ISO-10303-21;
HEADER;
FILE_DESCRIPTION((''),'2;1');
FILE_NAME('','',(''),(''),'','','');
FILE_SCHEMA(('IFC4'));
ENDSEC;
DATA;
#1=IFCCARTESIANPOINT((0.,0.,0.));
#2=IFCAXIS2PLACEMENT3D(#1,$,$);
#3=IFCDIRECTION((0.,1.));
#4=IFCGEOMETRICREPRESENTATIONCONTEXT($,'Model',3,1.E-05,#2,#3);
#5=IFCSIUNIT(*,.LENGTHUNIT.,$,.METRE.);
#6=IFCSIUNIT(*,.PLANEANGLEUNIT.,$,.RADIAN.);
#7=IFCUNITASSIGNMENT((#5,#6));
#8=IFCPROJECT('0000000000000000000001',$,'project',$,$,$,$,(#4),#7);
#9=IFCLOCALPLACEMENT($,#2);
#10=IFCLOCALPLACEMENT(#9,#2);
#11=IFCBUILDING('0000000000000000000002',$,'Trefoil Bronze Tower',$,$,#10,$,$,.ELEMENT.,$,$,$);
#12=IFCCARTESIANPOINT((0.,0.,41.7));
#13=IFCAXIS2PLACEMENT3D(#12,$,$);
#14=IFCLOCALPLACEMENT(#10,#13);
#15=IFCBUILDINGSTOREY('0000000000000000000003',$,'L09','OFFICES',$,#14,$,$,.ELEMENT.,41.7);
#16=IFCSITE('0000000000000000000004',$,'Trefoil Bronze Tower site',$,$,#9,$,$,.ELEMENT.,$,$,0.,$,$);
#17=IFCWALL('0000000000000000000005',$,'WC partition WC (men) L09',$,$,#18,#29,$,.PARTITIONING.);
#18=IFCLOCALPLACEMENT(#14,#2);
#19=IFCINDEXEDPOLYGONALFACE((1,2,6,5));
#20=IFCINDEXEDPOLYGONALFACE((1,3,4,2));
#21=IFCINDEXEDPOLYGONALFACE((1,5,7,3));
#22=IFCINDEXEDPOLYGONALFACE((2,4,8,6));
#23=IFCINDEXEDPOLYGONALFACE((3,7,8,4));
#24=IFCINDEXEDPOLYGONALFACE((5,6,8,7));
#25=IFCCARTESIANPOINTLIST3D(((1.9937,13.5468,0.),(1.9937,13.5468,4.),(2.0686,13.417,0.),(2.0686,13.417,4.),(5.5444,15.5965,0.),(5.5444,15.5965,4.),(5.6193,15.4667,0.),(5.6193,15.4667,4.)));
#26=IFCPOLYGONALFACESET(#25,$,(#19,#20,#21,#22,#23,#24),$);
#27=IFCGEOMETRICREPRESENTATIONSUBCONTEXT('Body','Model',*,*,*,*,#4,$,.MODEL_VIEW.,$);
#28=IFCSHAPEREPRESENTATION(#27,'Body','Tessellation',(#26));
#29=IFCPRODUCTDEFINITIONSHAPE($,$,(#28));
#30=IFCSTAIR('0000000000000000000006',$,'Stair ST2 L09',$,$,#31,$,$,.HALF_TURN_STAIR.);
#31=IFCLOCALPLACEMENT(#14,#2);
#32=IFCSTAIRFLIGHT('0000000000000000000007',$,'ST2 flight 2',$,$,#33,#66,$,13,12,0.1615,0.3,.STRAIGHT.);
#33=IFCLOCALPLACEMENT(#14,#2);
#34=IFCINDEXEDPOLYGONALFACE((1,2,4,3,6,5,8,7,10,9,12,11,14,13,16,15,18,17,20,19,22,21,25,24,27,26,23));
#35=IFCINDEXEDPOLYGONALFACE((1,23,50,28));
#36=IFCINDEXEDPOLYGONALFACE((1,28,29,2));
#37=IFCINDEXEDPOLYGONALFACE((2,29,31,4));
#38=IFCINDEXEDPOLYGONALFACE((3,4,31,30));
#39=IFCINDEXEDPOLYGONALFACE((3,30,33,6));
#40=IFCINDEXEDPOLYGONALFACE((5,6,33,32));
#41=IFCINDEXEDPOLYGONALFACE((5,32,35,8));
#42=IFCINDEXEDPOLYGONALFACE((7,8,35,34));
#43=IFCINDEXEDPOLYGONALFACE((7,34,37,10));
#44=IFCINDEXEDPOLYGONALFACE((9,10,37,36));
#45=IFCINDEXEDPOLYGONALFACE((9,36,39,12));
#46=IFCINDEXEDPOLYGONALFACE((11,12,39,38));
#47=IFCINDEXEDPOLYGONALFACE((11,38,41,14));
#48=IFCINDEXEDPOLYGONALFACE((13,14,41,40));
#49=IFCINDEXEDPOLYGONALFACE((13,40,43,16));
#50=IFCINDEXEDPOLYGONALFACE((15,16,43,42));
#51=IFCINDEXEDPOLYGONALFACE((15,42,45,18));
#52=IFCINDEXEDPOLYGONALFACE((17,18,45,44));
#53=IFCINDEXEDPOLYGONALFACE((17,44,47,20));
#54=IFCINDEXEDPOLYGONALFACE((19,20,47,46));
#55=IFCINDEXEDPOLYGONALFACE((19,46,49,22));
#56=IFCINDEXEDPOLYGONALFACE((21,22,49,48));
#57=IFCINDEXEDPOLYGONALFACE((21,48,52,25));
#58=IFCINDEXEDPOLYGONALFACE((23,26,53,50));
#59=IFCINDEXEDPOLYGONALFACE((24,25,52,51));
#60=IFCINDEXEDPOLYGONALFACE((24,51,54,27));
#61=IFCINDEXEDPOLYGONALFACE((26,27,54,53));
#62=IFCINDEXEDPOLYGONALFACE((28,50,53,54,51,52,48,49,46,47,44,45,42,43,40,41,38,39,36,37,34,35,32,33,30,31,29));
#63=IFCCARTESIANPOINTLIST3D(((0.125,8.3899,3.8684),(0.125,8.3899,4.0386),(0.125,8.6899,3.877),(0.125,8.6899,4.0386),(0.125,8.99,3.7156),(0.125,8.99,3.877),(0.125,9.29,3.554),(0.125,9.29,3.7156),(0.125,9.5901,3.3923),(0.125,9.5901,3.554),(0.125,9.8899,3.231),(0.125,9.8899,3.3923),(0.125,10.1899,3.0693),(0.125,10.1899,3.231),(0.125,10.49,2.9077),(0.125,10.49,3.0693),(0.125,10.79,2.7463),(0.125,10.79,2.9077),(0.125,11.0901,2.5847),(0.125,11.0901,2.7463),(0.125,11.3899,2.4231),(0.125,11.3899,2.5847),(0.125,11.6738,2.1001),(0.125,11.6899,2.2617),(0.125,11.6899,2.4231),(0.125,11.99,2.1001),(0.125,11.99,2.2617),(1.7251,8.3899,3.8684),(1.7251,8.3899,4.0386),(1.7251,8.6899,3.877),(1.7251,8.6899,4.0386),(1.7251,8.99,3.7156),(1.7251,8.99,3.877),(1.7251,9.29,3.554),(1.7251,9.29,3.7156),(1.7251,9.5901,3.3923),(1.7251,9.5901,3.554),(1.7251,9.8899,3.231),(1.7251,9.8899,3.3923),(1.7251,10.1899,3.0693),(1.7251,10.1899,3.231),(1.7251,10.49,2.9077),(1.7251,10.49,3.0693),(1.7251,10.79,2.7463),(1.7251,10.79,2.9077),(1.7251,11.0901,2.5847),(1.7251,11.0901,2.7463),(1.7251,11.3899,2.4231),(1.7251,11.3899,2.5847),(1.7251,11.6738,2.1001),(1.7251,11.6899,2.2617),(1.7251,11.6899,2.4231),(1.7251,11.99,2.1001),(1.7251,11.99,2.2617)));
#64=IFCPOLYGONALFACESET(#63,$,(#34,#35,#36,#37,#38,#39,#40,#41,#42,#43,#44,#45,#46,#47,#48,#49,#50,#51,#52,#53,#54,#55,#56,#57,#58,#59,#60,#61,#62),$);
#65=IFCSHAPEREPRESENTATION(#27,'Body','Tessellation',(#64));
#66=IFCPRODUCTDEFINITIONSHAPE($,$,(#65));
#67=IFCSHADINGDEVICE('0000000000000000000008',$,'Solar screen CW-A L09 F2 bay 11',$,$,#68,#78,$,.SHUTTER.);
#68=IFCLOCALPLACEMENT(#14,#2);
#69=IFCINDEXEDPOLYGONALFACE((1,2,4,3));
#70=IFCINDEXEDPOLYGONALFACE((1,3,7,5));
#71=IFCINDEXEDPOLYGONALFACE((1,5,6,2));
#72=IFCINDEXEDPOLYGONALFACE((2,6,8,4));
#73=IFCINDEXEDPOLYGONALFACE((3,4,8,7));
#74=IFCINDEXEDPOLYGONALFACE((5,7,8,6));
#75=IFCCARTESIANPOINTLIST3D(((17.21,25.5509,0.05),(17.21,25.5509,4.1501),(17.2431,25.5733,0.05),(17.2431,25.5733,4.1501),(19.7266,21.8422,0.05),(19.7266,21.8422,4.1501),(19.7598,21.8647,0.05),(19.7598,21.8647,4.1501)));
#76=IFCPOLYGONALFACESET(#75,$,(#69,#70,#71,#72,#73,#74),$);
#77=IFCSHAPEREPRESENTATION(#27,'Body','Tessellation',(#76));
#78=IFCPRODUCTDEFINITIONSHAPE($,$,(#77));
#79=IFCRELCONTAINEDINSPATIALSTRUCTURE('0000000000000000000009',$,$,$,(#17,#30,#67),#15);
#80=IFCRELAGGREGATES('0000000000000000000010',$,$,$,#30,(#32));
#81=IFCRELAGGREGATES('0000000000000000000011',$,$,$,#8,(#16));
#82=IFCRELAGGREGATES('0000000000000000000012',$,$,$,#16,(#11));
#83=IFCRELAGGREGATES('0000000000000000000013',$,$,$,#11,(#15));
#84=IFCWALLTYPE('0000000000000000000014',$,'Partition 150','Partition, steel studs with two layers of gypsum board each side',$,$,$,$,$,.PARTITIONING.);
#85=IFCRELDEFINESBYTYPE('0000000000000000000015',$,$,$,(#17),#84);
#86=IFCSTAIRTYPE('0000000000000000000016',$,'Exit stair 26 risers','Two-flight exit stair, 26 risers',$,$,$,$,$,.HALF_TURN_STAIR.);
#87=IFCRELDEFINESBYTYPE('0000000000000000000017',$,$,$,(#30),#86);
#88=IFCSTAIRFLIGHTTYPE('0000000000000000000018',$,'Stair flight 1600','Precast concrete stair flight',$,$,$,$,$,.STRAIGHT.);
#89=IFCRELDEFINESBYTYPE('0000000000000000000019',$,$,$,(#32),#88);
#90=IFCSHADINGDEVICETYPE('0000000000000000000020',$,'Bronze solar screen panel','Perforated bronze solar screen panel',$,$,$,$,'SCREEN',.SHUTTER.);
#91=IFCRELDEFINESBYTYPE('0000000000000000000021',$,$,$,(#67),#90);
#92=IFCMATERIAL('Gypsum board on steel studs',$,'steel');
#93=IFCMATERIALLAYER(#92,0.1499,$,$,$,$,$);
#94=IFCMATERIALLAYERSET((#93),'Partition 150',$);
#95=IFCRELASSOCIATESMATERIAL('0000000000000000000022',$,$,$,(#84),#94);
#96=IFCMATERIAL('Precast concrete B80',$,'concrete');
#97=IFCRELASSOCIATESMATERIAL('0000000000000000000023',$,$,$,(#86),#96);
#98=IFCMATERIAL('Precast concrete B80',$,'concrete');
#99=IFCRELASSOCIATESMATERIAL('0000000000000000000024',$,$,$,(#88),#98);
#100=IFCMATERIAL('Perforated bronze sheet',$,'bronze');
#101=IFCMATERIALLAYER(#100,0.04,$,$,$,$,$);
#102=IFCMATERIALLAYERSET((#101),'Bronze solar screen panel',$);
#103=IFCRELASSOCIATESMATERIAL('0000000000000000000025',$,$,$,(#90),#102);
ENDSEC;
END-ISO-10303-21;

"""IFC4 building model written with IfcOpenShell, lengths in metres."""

from ifc_helpers import new_model, si_unit, direction, frame, frame_2d, origin, origin_2d, place, context, subcontext, project, spatial, polyline, rectangle, outline, extrude, material, layer, layer_set, type_object, element, aggregate, save


model = new_model("IFC4")

# Units and contexts
model_context = context("Model", 3, precision=1e-05, world=origin(), true_north=direction((0.0, 1.0)))
body_context = subcontext(model_context, "Body", "Model", "MODEL_VIEW")
ifc_project = project(units=[si_unit("LENGTHUNIT", "METRE"), si_unit("PLANEANGLEUNIT", "RADIAN")], contexts=[model_context])

# Site, building, storey
site_placement = place(None, origin())
site = spatial("IfcSite", under=ifc_project, at=site_placement, Name="Trefoil Bronze Tower site", CompositionType="ELEMENT", RefElevation=0.0)
building_placement = place(site_placement, origin())
building = spatial("IfcBuilding", under=site, at=building_placement, Name="Trefoil Bronze Tower", CompositionType="ELEMENT")
storey_placement = place(building_placement, frame((0.0, 0.0, 41.7)))
storey = spatial("IfcBuildingStorey", under=building, at=storey_placement, Name="L09", Description="OFFICES", CompositionType="ELEMENT", Elevation=41.7)

# Wall
ifc_material_1 = material(Name="Gypsum board on steel studs", Category="steel")
ifc_layer_1 = layer(ifc_material_1, 0.1499)
ifc_layer_set_1 = layer_set([ifc_layer_1], Name="Partition 150")
wall_type_1 = type_object("IfcWallType", Name="Partition 150", Description="Partition, steel studs with two layers of gypsum board each side", PredefinedType="PARTITIONING", material=ifc_layer_set_1)
wall_1_placement = place(storey_placement, frame((2.0312, 13.4819, 0.0), z_axis=(0.0, 0.0, 1.0), x_axis=(0.866051, 0.499956, 0.0)))
element("IfcWall", 1, at=wall_1_placement, inside=storey, type_object=wall_type_1, Name="WC partition WC (men) L09", PredefinedType="PARTITIONING", context=body_context, shape_type="SweptSolid", body=[
    extrude(rectangle(XDim=4.0999, YDim=0.1499, at=frame_2d((2.0498, 0.0))), origin(), (0.0, 0.0, 1.0), 4.0),
])

# Stair, stair flight
ifc_material_2 = material(Name="Precast concrete B80", Category="concrete")
stair_type = type_object("IfcStairType", Name="Exit stair 26 risers", Description="Two-flight exit stair, 26 risers", PredefinedType="HALF_TURN_STAIR", material=ifc_material_2)
stair_placement = place(storey_placement, origin())
stair = element("IfcStair", 2, at=stair_placement, inside=storey, type_object=stair_type, Name="Stair ST2 L09", PredefinedType="HALF_TURN_STAIR")
ifc_material_3 = material(Name="Precast concrete B80", Category="concrete")
stair_flight_type = type_object("IfcStairFlightType", Name="Stair flight 1600", Description="Precast concrete stair flight", PredefinedType="STRAIGHT", material=ifc_material_3)
stair_flight_placement = place(storey_placement, frame((0.925, 11.99, 2.1001), z_axis=(0.0, 0.0, 1.0), x_axis=(0.0, -1.0, 0.0)))
stair_flight = element("IfcStairFlight", 3, at=stair_flight_placement, type_object=stair_flight_type, Name="ST2 flight 2", NumberOfRisers=13, NumberOfTreads=12, PredefinedType="STRAIGHT", RiserHeight=0.1615, TreadLength=0.3, context=body_context, shape_type="SweptSolid", body=[
    extrude(outline(polyline([(0.0, 0.0), (0.0, 0.1616), (0.3, 0.1616), (0.3, 0.323), (0.6001, 0.323), (0.6001, 0.4846), (0.8999, 0.4846), (0.8999, 0.6462), (1.2, 0.6462), (1.2, 0.8076), (1.5, 0.8076), (1.5, 0.9692), (1.8, 0.9692), (1.8, 1.1309), (2.1001, 1.1309), (2.1001, 1.2922), (2.3999, 1.2922), (2.3999, 1.4539), (2.7, 1.4539), (2.7, 1.6155), (3.0, 1.6155), (3.0, 1.7769), (3.3, 1.7769), (3.3, 1.9385), (3.6001, 1.9385), (3.6001, 2.1001), (3.6001, 1.7683), (0.3162, 0.0), (0.0, 0.0)])), frame((0.0, 0.8, 0.0), z_axis=(0.0, -1.0, 0.0), x_axis=(1.0, 0.0, 0.0)), (0.0, 0.0, 1.0), 1.6001),
])
aggregate(stair, [stair_flight])

# Shading device
ifc_material_4 = material(Name="Perforated bronze sheet", Category="bronze")
ifc_layer_2 = layer(ifc_material_4, 0.04)
ifc_layer_set_2 = layer_set([ifc_layer_2], Name="Bronze solar screen panel")
shading_device_type = type_object("IfcShadingDeviceType", Name="Bronze solar screen panel", Description="Perforated bronze solar screen panel", ElementType="SCREEN", PredefinedType="SHUTTER", material=ifc_layer_set_2)
shading_device_placement = place(storey_placement, frame((18.4849, 23.7078, 0.05), z_axis=(0.0, 0.0, 1.0), x_axis=(-0.56151, 0.82747, 0.0)))
element("IfcShadingDevice", 4, at=shading_device_placement, inside=storey, type_object=shading_device_type, Name="Solar screen CW-A L09 F2 bay 11", PredefinedType="SHUTTER", context=body_context, shape_type="SweptSolid", body=[
    extrude(rectangle(XDim=4.4819, YDim=0.04, at=origin_2d()), origin(), (0.0, 0.0, 1.0), 4.1001),
])

save(model, "model.ifc")
